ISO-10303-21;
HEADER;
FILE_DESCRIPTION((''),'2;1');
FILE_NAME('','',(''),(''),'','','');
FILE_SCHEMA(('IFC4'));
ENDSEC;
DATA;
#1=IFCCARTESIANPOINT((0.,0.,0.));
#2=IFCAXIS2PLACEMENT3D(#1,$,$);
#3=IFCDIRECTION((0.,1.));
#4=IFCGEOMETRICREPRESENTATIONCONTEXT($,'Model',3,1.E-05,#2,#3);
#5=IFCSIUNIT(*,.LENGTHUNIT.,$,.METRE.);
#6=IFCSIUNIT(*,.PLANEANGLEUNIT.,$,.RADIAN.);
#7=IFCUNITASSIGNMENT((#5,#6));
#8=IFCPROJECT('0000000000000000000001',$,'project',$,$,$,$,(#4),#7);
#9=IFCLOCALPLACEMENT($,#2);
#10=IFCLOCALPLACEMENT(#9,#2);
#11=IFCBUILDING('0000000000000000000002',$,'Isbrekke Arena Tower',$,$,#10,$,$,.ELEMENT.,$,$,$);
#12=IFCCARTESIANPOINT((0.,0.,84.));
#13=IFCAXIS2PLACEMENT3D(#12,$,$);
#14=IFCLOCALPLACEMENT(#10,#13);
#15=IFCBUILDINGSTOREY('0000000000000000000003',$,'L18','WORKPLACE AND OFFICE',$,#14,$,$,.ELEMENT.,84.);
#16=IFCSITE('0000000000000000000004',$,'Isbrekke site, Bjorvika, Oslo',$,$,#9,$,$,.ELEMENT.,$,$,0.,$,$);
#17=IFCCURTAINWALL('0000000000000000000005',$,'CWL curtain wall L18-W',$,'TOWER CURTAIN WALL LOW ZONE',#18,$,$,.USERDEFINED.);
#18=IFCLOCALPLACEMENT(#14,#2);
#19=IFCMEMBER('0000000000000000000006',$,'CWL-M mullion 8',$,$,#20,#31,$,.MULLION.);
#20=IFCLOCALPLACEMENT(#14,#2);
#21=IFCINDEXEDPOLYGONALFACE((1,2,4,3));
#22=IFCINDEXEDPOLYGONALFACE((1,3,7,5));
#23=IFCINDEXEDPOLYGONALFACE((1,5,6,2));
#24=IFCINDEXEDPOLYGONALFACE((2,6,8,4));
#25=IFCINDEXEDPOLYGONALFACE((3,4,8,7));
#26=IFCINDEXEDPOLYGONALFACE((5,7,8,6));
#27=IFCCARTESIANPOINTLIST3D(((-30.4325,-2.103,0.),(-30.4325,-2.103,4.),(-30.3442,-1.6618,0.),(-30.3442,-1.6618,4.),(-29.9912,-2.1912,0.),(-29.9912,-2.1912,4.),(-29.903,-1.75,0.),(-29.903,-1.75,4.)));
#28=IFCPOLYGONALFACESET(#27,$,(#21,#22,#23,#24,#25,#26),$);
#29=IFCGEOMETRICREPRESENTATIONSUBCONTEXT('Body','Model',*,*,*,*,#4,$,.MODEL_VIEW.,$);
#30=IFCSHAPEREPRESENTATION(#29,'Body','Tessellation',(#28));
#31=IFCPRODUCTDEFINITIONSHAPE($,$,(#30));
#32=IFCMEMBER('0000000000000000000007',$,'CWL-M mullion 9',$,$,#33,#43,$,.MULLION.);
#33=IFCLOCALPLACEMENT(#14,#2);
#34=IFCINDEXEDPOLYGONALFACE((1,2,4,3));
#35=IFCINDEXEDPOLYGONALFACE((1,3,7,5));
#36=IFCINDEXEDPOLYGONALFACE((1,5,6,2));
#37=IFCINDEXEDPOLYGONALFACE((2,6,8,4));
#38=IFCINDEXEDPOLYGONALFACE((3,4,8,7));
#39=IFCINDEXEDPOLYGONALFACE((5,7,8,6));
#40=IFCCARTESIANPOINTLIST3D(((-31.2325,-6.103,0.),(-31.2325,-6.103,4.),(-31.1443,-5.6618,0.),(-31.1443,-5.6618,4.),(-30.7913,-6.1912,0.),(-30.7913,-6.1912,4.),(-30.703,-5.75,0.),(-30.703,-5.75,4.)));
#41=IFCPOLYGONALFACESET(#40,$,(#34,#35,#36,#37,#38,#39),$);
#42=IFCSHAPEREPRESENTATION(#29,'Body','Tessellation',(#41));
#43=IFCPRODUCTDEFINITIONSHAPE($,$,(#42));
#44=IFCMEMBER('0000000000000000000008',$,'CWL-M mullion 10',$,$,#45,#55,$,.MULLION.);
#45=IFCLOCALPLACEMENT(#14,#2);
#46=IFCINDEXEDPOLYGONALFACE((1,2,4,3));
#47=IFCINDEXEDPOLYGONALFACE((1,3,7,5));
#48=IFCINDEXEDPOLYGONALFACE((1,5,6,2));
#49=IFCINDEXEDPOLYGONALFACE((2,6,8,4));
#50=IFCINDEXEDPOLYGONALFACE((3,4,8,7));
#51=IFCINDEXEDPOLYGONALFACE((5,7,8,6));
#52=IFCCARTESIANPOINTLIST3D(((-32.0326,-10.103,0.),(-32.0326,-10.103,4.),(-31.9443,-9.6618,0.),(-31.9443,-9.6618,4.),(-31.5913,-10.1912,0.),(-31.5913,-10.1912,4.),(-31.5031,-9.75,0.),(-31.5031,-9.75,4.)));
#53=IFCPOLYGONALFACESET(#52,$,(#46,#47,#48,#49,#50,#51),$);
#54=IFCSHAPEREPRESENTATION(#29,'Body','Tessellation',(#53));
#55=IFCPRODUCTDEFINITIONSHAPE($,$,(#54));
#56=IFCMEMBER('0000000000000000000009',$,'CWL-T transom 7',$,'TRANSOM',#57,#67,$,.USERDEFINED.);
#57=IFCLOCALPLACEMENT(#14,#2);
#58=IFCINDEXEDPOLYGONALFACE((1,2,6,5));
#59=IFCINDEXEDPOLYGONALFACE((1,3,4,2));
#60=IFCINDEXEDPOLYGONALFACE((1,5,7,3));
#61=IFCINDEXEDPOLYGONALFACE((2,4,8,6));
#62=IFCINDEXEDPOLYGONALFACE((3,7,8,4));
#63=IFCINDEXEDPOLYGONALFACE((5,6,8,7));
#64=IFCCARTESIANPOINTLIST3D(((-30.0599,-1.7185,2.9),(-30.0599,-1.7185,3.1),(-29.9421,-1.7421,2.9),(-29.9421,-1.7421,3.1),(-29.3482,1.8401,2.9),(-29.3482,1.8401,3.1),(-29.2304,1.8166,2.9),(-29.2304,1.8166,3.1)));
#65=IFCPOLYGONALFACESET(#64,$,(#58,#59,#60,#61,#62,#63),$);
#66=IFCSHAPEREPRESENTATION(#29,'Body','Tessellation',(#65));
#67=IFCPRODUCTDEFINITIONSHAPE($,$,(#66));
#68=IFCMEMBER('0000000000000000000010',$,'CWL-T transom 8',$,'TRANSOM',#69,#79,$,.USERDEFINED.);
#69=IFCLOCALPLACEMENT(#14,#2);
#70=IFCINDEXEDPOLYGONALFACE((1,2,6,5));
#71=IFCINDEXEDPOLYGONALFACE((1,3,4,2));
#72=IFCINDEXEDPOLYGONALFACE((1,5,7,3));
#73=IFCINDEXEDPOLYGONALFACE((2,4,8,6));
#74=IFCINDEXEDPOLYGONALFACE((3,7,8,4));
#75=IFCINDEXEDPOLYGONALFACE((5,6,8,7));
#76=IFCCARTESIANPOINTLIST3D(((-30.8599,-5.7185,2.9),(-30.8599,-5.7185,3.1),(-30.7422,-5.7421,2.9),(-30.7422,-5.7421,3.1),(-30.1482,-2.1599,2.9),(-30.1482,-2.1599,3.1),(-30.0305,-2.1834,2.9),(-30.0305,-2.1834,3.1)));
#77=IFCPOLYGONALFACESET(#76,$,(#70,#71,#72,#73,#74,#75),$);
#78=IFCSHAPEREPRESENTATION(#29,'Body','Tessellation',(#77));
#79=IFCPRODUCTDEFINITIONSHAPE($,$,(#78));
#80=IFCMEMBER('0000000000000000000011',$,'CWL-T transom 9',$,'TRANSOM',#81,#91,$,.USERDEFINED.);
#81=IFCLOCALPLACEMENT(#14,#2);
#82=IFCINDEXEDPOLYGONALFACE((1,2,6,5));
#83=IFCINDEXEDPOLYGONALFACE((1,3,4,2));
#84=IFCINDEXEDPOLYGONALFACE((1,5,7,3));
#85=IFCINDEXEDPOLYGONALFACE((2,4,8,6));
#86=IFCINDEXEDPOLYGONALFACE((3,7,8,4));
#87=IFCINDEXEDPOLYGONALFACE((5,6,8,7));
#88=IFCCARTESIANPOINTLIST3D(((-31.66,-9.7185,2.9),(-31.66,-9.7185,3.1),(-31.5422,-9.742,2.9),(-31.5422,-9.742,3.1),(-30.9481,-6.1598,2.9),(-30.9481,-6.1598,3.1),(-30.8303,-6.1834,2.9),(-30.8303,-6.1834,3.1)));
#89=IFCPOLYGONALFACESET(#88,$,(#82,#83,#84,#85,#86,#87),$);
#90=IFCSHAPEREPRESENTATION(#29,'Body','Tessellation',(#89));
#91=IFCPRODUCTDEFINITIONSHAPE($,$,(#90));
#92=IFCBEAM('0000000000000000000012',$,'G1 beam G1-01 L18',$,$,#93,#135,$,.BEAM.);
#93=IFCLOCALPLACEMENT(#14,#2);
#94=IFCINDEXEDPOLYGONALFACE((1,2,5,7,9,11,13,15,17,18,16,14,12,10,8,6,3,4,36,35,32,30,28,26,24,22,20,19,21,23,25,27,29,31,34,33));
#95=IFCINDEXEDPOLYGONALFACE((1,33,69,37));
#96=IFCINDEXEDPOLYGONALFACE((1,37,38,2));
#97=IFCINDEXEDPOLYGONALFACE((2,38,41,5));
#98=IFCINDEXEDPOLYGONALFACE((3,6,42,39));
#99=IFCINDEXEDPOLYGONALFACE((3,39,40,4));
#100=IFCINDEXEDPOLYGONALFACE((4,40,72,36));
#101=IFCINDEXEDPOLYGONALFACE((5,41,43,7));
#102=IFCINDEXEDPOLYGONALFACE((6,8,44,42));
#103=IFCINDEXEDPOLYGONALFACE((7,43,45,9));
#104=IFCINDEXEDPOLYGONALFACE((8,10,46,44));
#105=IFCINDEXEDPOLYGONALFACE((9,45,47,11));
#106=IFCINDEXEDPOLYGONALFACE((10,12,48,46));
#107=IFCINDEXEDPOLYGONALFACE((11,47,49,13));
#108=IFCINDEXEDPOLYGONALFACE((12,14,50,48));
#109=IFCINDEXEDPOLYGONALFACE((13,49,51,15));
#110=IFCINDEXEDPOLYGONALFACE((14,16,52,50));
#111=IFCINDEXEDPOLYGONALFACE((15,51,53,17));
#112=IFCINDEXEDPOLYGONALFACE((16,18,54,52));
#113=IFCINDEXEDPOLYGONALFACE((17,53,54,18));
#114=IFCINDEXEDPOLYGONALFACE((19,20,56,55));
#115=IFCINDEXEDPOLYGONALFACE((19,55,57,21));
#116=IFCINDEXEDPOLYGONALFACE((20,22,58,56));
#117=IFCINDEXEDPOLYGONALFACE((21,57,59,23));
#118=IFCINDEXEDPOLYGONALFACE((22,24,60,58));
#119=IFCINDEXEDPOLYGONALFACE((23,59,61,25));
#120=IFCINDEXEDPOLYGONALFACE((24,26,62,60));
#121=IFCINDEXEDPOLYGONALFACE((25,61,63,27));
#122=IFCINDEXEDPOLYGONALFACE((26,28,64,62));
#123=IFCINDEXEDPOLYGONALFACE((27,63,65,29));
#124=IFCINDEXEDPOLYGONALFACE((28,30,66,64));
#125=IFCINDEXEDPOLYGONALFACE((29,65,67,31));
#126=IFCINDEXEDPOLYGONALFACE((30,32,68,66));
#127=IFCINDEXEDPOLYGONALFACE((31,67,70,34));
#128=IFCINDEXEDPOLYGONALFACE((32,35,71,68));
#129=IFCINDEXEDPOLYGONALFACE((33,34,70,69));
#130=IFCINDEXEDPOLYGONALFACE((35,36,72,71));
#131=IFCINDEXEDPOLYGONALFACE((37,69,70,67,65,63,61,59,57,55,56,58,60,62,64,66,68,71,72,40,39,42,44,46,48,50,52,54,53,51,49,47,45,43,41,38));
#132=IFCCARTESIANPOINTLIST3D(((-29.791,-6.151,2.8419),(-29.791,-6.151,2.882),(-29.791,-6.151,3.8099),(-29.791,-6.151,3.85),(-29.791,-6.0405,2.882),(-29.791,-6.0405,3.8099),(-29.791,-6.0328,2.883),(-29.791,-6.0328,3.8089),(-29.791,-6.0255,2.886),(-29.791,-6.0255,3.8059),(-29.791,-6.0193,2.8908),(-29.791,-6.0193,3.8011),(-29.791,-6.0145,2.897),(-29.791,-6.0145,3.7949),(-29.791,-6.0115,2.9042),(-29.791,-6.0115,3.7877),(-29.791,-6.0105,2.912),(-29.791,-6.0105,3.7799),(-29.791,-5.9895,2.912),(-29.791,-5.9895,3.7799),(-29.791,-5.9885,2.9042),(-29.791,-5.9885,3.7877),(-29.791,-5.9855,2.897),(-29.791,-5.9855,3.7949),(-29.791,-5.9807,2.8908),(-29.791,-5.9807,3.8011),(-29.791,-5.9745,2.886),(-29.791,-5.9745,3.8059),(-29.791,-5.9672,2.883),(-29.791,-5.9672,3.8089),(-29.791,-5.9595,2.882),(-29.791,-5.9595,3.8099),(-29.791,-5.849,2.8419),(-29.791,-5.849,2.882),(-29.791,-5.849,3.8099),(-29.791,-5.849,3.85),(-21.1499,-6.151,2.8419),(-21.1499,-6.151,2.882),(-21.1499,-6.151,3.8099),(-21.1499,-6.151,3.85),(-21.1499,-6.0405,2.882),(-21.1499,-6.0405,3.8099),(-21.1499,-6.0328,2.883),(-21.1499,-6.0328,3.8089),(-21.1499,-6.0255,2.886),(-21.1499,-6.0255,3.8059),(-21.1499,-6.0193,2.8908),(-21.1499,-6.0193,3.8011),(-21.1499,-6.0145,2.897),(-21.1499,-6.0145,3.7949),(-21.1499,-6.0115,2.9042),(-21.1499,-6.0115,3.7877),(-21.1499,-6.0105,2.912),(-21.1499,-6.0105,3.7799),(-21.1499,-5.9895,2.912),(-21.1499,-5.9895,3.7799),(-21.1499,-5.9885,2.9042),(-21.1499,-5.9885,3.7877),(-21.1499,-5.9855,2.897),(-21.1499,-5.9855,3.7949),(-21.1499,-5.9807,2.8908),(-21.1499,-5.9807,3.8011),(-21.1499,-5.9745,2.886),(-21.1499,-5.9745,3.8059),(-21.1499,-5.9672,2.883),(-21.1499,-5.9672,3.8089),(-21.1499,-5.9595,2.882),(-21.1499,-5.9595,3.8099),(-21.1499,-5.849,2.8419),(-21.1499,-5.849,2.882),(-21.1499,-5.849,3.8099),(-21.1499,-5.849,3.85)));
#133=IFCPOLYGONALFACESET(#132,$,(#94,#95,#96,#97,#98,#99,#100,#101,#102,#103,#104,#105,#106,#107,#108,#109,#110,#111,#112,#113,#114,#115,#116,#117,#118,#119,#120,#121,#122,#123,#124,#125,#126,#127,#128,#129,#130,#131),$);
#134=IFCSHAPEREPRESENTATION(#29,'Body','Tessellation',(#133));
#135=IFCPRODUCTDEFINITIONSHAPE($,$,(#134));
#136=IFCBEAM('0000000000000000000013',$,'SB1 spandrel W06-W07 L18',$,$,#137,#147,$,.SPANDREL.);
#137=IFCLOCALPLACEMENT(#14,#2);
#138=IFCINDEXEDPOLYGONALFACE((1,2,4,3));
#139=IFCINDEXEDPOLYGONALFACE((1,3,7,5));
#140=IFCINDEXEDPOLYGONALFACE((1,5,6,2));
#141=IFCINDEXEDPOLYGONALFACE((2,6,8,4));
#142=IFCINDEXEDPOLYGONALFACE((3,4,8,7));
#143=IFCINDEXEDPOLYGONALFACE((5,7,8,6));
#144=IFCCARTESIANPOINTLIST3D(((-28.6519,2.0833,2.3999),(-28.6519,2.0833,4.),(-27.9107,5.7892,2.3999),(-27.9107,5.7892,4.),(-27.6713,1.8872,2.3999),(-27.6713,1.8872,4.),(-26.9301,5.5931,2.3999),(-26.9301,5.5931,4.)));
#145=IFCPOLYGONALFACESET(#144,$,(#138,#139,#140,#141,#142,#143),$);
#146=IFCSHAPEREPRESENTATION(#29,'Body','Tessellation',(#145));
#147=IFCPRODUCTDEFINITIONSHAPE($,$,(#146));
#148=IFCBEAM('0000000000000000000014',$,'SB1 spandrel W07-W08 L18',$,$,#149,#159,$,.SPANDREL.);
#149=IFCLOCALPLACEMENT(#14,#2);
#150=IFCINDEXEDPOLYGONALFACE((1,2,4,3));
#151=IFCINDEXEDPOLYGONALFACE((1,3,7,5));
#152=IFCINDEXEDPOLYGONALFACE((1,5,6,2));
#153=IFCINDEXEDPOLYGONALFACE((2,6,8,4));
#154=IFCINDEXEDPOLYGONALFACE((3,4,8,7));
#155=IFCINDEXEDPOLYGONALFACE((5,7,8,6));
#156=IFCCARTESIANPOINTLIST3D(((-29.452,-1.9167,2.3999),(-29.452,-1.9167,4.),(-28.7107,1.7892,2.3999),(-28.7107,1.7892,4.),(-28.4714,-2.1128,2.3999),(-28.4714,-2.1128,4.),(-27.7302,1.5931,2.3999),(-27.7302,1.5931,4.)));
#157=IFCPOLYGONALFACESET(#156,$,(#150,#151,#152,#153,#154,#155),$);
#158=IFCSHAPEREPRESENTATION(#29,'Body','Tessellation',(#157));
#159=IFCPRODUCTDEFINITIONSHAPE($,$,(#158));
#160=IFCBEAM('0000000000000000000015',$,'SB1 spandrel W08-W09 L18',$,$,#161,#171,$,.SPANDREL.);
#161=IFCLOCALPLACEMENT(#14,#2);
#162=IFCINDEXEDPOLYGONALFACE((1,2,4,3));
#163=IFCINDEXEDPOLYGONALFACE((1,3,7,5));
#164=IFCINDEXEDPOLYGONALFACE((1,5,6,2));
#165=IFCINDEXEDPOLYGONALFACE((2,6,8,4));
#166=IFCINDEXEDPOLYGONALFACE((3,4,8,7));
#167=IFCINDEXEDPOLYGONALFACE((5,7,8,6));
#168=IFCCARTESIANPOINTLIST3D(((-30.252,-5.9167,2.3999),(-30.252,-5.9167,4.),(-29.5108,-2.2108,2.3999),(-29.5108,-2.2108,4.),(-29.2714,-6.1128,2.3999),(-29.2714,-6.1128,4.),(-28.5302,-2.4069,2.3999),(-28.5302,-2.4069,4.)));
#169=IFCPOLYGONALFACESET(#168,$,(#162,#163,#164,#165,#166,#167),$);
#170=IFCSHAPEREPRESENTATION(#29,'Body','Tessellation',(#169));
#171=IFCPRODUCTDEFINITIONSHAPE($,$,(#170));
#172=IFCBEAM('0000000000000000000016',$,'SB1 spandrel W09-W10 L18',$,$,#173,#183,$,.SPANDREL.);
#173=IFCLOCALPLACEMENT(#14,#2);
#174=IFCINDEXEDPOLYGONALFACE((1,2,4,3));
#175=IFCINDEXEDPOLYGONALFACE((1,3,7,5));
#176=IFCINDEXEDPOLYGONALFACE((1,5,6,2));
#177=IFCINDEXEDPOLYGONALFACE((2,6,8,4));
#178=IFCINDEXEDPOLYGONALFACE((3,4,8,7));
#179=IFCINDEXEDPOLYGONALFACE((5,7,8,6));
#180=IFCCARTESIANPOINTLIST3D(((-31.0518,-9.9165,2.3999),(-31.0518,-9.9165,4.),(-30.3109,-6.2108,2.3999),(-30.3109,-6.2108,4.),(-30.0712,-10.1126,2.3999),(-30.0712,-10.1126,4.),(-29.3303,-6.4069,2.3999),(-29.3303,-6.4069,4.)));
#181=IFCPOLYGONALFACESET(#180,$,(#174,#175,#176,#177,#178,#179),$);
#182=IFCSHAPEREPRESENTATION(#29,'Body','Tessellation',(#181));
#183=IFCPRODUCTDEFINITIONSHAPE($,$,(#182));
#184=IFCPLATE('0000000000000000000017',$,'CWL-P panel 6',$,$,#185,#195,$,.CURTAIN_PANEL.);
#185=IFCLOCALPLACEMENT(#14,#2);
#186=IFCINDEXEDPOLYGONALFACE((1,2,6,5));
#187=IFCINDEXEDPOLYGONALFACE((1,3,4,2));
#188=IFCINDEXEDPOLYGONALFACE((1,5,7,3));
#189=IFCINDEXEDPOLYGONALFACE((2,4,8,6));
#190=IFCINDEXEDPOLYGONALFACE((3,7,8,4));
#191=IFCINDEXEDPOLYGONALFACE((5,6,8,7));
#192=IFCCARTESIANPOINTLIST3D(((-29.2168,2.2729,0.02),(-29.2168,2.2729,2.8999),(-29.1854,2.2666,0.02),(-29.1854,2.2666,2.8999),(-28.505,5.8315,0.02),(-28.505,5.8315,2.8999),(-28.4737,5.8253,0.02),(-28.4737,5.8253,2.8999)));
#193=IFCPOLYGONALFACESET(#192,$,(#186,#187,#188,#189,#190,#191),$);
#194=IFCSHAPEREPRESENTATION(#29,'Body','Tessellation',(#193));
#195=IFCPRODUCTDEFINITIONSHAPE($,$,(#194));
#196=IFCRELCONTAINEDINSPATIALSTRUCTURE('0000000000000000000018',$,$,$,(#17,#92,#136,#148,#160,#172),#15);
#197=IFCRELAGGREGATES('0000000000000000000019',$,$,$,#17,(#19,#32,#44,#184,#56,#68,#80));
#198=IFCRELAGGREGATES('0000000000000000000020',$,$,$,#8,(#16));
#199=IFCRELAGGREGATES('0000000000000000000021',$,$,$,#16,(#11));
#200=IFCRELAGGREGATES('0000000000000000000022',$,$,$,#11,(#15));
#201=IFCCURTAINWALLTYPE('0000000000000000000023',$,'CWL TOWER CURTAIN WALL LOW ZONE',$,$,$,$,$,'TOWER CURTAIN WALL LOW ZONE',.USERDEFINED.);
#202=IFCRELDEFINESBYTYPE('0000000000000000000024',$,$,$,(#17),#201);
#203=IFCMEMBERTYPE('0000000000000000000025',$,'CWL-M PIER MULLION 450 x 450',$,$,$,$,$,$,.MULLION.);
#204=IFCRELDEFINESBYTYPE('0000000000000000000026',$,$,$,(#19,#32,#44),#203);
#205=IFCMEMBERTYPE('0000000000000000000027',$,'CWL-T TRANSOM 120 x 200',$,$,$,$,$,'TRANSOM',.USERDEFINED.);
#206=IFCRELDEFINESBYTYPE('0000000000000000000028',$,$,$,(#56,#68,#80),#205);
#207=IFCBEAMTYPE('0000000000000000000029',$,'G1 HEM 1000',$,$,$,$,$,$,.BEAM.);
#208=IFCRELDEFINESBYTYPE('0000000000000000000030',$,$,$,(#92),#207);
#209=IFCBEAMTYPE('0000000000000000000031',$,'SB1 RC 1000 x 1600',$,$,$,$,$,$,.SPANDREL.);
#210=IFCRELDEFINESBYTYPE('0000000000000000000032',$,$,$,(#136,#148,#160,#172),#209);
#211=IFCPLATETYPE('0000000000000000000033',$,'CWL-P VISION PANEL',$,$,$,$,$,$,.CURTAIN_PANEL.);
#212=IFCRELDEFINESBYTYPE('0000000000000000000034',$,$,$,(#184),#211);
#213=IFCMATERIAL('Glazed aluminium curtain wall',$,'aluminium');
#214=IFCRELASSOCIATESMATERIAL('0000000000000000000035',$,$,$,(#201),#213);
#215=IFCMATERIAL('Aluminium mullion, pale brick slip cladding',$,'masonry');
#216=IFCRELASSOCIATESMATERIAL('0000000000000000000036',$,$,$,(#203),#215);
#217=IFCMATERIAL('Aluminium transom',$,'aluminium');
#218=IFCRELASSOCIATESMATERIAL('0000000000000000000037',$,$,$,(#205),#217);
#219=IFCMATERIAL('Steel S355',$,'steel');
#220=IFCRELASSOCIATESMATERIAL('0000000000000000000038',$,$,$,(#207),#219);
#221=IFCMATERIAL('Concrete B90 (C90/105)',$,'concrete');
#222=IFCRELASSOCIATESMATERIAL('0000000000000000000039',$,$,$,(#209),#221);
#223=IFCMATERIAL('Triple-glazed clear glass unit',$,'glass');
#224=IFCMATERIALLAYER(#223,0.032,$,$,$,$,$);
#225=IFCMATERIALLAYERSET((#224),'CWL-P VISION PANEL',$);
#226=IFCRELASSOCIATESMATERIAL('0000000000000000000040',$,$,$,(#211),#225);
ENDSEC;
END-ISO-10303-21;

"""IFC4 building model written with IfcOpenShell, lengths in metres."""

from ifc_helpers import new_model, si_unit, direction, frame, origin, origin_2d, place, context, subcontext, project, spatial, rectangle, i_section, extrude, material, layer, layer_set, material_profile, profile_set, type_object, element, aggregate, save


model = new_model("IFC4")

# Units and contexts
model_context = context("Model", 3, precision=1e-05, world=origin(), true_north=direction((0.0, 1.0)))
body_context = subcontext(model_context, "Body", "Model", "MODEL_VIEW")
ifc_project = project(units=[si_unit("LENGTHUNIT", "METRE"), si_unit("PLANEANGLEUNIT", "RADIAN")], contexts=[model_context])

# Site, building, storey
site_placement = place(None, origin())
site = spatial("IfcSite", under=ifc_project, at=site_placement, Name="Isbrekke site, Bjorvika, Oslo", CompositionType="ELEMENT", RefElevation=0.0)
building_placement = place(site_placement, origin())
building = spatial("IfcBuilding", under=site, at=building_placement, Name="Isbrekke Arena Tower", CompositionType="ELEMENT")
storey_placement = place(building_placement, frame((0.0, 0.0, 84.0)))
storey = spatial("IfcBuildingStorey", under=building, at=storey_placement, Name="L18", Description="WORKPLACE AND OFFICE", CompositionType="ELEMENT", Elevation=84.0)

# Curtain wall, members
ifc_material_1 = material(Name="Glazed aluminium curtain wall", Category="aluminium")
curtain_wall_type = type_object("IfcCurtainWallType", Name="CWL TOWER CURTAIN WALL LOW ZONE", ElementType="TOWER CURTAIN WALL LOW ZONE", PredefinedType="USERDEFINED", material=ifc_material_1)
curtain_wall_placement = place(storey_placement, origin())
curtain_wall = element("IfcCurtainWall", 1, at=curtain_wall_placement, inside=storey, type_object=curtain_wall_type, Name="CWL curtain wall L18-W", ObjectType="TOWER CURTAIN WALL LOW ZONE", PredefinedType="USERDEFINED")
ifc_material_2 = material(Name="Aluminium mullion, pale brick slip cladding", Category="masonry")
ifc_material_profile_1 = material_profile(ifc_material_2, rectangle(XDim=0.45, YDim=0.45, at=origin_2d()), Name="PIER 450X450")
ifc_profile_set_1 = profile_set([ifc_material_profile_1], Name="Aluminium mullion, pale brick slip cladding")
member_type_1 = type_object("IfcMemberType", Name="CWL-M PIER MULLION 450 x 450", PredefinedType="MULLION", material=ifc_profile_set_1)
member_1_placement = place(storey_placement, frame((-30.1677, -1.9265, 0.0), z_axis=(0.0, 0.0, 1.0), x_axis=(-0.196116, -0.980581, 0.0)))
member_1 = element("IfcMember", 2, at=member_1_placement, type_object=member_type_1, Name="CWL-M mullion 8", PredefinedType="MULLION", context=body_context, shape_type="SweptSolid", body=[
    extrude(rectangle(XDim=0.45, YDim=0.45, at=origin_2d()), origin(), (0.0, 0.0, 1.0), 4.0),
])
member_2_placement = place(storey_placement, frame((-30.9678, -5.9265, 0.0), z_axis=(0.0, 0.0, 1.0), x_axis=(-0.196116, -0.980581, 0.0)))
member_2 = element("IfcMember", 3, at=member_2_placement, type_object=member_type_1, Name="CWL-M mullion 9", PredefinedType="MULLION", context=body_context, shape_type="SweptSolid", body=[
    extrude(rectangle(XDim=0.45, YDim=0.45, at=origin_2d()), origin(), (0.0, 0.0, 1.0), 4.0),
])
member_3_placement = place(storey_placement, frame((-31.7678, -9.9265, 0.0), z_axis=(0.0, 0.0, 1.0), x_axis=(-0.196116, -0.980581, 0.0)))
member_3 = element("IfcMember", 4, at=member_3_placement, type_object=member_type_1, Name="CWL-M mullion 10", PredefinedType="MULLION", context=body_context, shape_type="SweptSolid", body=[
    extrude(rectangle(XDim=0.45, YDim=0.45, at=origin_2d()), origin(), (0.0, 0.0, 1.0), 4.0),
])
ifc_material_3 = material(Name="Aluminium transom", Category="aluminium")
ifc_material_profile_2 = material_profile(ifc_material_3, rectangle(XDim=0.1201, YDim=0.2, at=origin_2d()), Name="TRANSOM 120X200")
ifc_profile_set_2 = profile_set([ifc_material_profile_2], Name="Aluminium transom")
member_type_2 = type_object("IfcMemberType", Name="CWL-T TRANSOM 120 x 200", ElementType="TRANSOM", PredefinedType="USERDEFINED", material=ifc_profile_set_2)
member_4_placement = place(storey_placement, frame((-29.2893, 1.8284, 3.0), z_axis=(-0.196103, -0.980583, 0.0), x_axis=(0.980583, -0.196103, 0.0)))
member_4 = element("IfcMember", 5, at=member_4_placement, type_object=member_type_2, Name="CWL-T transom 7", ObjectType="TRANSOM", PredefinedType="USERDEFINED", context=body_context, shape_type="SweptSolid", body=[
    extrude(rectangle(XDim=0.1201, YDim=0.2, at=origin_2d()), origin(), (0.0, 0.0, 1.0), 3.6292),
])
member_5_placement = place(storey_placement, frame((-30.0894, -2.1716, 3.0), z_axis=(-0.196103, -0.980583, 0.0), x_axis=(0.980583, -0.196103, 0.0)))
member_5 = element("IfcMember", 6, at=member_5_placement, type_object=member_type_2, Name="CWL-T transom 8", ObjectType="TRANSOM", PredefinedType="USERDEFINED", context=body_context, shape_type="SweptSolid", body=[
    extrude(rectangle(XDim=0.1201, YDim=0.2, at=origin_2d()), origin(), (0.0, 0.0, 1.0), 3.6292),
])
member_6_placement = place(storey_placement, frame((-30.8892, -6.1716, 3.0), z_axis=(-0.196168, -0.98057, 0.0), x_axis=(0.98057, -0.196168, 0.0)))
member_6 = element("IfcMember", 7, at=member_6_placement, type_object=member_type_2, Name="CWL-T transom 9", ObjectType="TRANSOM", PredefinedType="USERDEFINED", context=body_context, shape_type="SweptSolid", body=[
    extrude(rectangle(XDim=0.1201, YDim=0.2, at=origin_2d()), origin(), (0.0, 0.0, 1.0), 3.6292),
])

# Beams
ifc_material_4 = material(Name="Steel S355", Category="steel")
ifc_material_profile_3 = material_profile(ifc_material_4, i_section(OverallWidth=0.302, OverallDepth=1.0081, WebThickness=0.021, FlangeThickness=0.04, FilletRadius=0.03, at=origin_2d()), Name="HEM 1000")
ifc_profile_set_3 = profile_set([ifc_material_profile_3], Name="Steel S355")
beam_type_1 = type_object("IfcBeamType", Name="G1 HEM 1000", PredefinedType="BEAM", material=ifc_profile_set_3)
beam_1_placement = place(storey_placement, frame((-29.791, -6.0, 3.3459), z_axis=(1.0, 0.0, 0.0), x_axis=(0.0, 1.0, 0.0)))
element("IfcBeam", 8, at=beam_1_placement, inside=storey, type_object=beam_type_1, Name="G1 beam G1-01 L18", PredefinedType="BEAM", context=body_context, shape_type="SweptSolid", body=[
    extrude(i_section(OverallWidth=0.302, OverallDepth=1.0081, WebThickness=0.021, FlangeThickness=0.04, FilletRadius=0.03, at=origin_2d()), origin(), (0.0, 0.0, 1.0), 8.6411),
])
ifc_material_5 = material(Name="Concrete B90 (C90/105)", Category="concrete")
ifc_material_profile_4 = material_profile(ifc_material_5, rectangle(XDim=1.0, YDim=1.6001, at=origin_2d()), Name="RC 1000x1600")
ifc_profile_set_4 = profile_set([ifc_material_profile_4], Name="Concrete B90 (C90/105)")
beam_type_2 = type_object("IfcBeamType", Name="SB1 RC 1000 x 1600", PredefinedType="SPANDREL", material=ifc_profile_set_4)
for number, where, z_axis, x_axis, name in (
    (9, (-27.4204, 5.6912, 3.2), (-0.196129, -0.980578, 0.0), (0.980578, -0.196129, 0.0), "SB1 spandrel W06-W07 L18"),
    (10, (-28.2205, 1.6912, 3.2), (-0.196129, -0.980578, 0.0), (0.980578, -0.196129, 0.0), "SB1 spandrel W07-W08 L18"),
    (11, (-29.0205, -2.3088, 3.2), (-0.196129, -0.980578, 0.0), (0.980578, -0.196129, 0.0), "SB1 spandrel W08-W09 L18"),
):
    element("IfcBeam", number, at=place(storey_placement, frame(where, z_axis=z_axis, x_axis=x_axis)), inside=storey, type_object=beam_type_2, Name=name, PredefinedType="SPANDREL", context=body_context, shape_type="SweptSolid", body=[
        extrude(rectangle(XDim=1.0, YDim=1.6001, at=origin_2d()), origin(), (0.0, 0.0, 1.0), 3.7793),
    ])
beam_2_placement = place(storey_placement, frame((-29.8206, -6.3088, 3.2), z_axis=(-0.196066, -0.980591, 0.0), x_axis=(0.980591, -0.196066, 0.0)))
element("IfcBeam", 12, at=beam_2_placement, inside=storey, type_object=beam_type_2, Name="SB1 spandrel W09-W10 L18", PredefinedType="SPANDREL", context=body_context, shape_type="SweptSolid", body=[
    extrude(rectangle(XDim=1.0, YDim=1.6001, at=origin_2d()), origin(), (0.0, 0.0, 1.0), 3.7791),
])

# Plate
ifc_material_6 = material(Name="Triple-glazed clear glass unit", Category="glass")
ifc_layer_1 = layer(ifc_material_6, 0.032)
ifc_layer_set_1 = layer_set([ifc_layer_1], Name="CWL-P VISION PANEL")
plate_type = type_object("IfcPlateType", Name="CWL-P VISION PANEL", PredefinedType="CURTAIN_PANEL", material=ifc_layer_set_1)
plate_1_placement = place(storey_placement, frame((-28.8452, 4.0491, 0.02), z_axis=(0.0, 0.0, 1.0), x_axis=(-0.196116, -0.980581, 0.0)))
plate_1 = element("IfcPlate", 13, at=plate_1_placement, type_object=plate_type, Name="CWL-P panel 6", PredefinedType="CURTAIN_PANEL", context=body_context, shape_type="SweptSolid", body=[
    extrude(rectangle(XDim=3.6292, YDim=0.032, at=origin_2d()), origin(), (0.0, 0.0, 1.0), 2.8799),
])
aggregate(curtain_wall, [member_1, member_2, member_3, plate_1, member_4, member_5, member_6])

save(model, "model.ifc")
